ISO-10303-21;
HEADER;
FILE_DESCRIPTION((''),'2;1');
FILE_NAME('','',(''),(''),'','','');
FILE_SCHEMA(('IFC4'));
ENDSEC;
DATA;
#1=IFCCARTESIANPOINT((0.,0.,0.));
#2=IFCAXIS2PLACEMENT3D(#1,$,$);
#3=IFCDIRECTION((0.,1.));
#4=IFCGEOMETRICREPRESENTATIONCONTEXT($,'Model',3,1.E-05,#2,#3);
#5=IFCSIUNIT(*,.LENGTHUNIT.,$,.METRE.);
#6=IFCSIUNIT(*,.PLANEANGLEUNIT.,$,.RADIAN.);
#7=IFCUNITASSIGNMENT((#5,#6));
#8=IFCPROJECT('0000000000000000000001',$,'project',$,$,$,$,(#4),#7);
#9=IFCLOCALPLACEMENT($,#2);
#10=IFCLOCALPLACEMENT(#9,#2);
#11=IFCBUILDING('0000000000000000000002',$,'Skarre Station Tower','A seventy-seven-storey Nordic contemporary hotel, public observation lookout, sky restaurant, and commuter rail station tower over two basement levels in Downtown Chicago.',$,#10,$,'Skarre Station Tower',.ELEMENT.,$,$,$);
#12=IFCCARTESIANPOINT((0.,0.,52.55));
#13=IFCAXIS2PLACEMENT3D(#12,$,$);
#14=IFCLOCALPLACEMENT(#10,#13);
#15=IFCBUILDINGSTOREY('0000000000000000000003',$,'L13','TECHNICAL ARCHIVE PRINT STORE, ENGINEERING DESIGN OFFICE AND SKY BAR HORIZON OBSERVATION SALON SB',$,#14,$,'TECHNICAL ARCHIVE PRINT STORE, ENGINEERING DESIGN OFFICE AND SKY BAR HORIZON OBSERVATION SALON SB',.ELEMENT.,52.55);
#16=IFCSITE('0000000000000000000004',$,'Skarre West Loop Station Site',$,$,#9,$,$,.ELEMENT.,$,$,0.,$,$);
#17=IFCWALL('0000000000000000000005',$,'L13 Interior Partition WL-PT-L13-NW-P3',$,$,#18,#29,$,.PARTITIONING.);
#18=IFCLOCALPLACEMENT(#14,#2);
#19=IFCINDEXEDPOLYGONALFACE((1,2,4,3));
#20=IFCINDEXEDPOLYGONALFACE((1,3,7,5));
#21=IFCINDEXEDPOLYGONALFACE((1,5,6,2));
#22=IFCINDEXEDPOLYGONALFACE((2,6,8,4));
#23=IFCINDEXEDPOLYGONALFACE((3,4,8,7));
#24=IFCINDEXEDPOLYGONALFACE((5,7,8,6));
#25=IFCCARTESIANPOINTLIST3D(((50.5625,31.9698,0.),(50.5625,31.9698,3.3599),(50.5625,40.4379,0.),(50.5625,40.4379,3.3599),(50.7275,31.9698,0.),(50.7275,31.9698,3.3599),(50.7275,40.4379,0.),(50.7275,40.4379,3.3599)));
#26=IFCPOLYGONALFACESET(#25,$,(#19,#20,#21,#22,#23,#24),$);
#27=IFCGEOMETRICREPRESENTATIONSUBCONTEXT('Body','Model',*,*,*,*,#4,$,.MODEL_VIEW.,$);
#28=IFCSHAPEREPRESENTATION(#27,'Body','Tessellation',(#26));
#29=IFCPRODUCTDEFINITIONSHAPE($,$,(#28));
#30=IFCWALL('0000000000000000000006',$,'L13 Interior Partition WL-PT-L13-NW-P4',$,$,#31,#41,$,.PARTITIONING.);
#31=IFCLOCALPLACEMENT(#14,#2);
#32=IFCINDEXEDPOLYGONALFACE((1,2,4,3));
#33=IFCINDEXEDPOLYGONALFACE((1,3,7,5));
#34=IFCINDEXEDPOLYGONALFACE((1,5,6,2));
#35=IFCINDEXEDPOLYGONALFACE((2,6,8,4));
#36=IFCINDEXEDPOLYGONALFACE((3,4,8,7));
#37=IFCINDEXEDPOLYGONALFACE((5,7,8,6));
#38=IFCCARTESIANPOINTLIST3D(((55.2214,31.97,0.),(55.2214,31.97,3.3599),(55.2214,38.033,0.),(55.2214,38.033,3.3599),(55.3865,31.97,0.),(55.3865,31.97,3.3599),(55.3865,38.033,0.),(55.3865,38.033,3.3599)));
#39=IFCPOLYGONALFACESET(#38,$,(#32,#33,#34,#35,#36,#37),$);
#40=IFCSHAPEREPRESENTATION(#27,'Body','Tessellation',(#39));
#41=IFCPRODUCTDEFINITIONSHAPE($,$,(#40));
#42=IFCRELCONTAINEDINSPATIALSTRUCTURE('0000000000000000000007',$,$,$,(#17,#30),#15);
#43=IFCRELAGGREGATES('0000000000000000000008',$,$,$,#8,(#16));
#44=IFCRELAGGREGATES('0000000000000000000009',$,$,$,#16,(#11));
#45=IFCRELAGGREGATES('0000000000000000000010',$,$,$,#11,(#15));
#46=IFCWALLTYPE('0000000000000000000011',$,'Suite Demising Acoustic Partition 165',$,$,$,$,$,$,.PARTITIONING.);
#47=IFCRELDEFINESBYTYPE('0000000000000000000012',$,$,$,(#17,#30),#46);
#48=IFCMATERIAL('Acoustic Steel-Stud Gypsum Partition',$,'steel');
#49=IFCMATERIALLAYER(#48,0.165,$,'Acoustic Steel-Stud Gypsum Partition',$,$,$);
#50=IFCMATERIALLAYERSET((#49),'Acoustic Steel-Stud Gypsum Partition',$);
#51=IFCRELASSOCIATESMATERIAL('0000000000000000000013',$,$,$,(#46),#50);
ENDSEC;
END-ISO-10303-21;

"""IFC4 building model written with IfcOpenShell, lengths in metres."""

from ifc_helpers import new_model, si_unit, direction, frame, frame_2d, origin, place, context, subcontext, project, spatial, rectangle, extrude, material, layer, layer_set, type_object, element, save


model = new_model("IFC4")

# Units and contexts
model_context = context("Model", 3, precision=1e-05, world=origin(), true_north=direction((0.0, 1.0)))
body_context = subcontext(model_context, "Body", "Model", "MODEL_VIEW")
ifc_project = project(units=[si_unit("LENGTHUNIT", "METRE"), si_unit("PLANEANGLEUNIT", "RADIAN")], contexts=[model_context])

# Site, building, storey
site_placement = place(None, origin())
site = spatial("IfcSite", under=ifc_project, at=site_placement, Name="Skarre West Loop Station Site", CompositionType="ELEMENT", RefElevation=0.0)
building_placement = place(site_placement, origin())
building = spatial("IfcBuilding", under=site, at=building_placement, Name="Skarre Station Tower", Description="A seventy-seven-storey Nordic contemporary hotel, public observation lookout, sky restaurant, and commuter rail station tower over two basement levels in Downtown Chicago.", LongName="Skarre Station Tower", CompositionType="ELEMENT")
storey_placement = place(building_placement, frame((0.0, 0.0, 52.55)))
storey = spatial("IfcBuildingStorey", under=building, at=storey_placement, Name="L13", Description="TECHNICAL ARCHIVE PRINT STORE, ENGINEERING DESIGN OFFICE AND SKY BAR HORIZON OBSERVATION SALON SB", LongName="TECHNICAL ARCHIVE PRINT STORE, ENGINEERING DESIGN OFFICE AND SKY BAR HORIZON OBSERVATION SALON SB", CompositionType="ELEMENT", Elevation=52.55)

# Walls
ifc_material_1 = material(Name="Acoustic Steel-Stud Gypsum Partition", Category="steel")
ifc_layer_1 = layer(ifc_material_1, 0.165, Name="Acoustic Steel-Stud Gypsum Partition")
ifc_layer_set_1 = layer_set([ifc_layer_1], Name="Acoustic Steel-Stud Gypsum Partition")
wall_type_1 = type_object("IfcWallType", Name="Suite Demising Acoustic Partition 165", PredefinedType="PARTITIONING", material=ifc_layer_set_1)
wall_1_placement = place(storey_placement, frame((50.645, 31.97, 0.0), z_axis=(0.0, 0.0, 1.0), x_axis=(0.0, 1.0, 0.0)))
element("IfcWall", 1, at=wall_1_placement, inside=storey, type_object=wall_type_1, Name="L13 Interior Partition WL-PT-L13-NW-P3", PredefinedType="PARTITIONING", context=body_context, shape_type="SweptSolid", body=[
    extrude(rectangle(XDim=8.468, YDim=0.165, at=frame_2d((4.2339, 0.0))), origin(), (0.0, 0.0, 1.0), 3.3599),
])
wall_2_placement = place(storey_placement, frame((55.304, 31.97, 0.0), z_axis=(0.0, 0.0, 1.0), x_axis=(0.0, 1.0, 0.0)))
element("IfcWall", 2, at=wall_2_placement, inside=storey, type_object=wall_type_1, Name="L13 Interior Partition WL-PT-L13-NW-P4", PredefinedType="PARTITIONING", context=body_context, shape_type="SweptSolid", body=[
    extrude(rectangle(XDim=6.063, YDim=0.165, at=frame_2d((3.0315, 0.0))), origin(), (0.0, 0.0, 1.0), 3.3599),
])

save(model, "model.ifc")
